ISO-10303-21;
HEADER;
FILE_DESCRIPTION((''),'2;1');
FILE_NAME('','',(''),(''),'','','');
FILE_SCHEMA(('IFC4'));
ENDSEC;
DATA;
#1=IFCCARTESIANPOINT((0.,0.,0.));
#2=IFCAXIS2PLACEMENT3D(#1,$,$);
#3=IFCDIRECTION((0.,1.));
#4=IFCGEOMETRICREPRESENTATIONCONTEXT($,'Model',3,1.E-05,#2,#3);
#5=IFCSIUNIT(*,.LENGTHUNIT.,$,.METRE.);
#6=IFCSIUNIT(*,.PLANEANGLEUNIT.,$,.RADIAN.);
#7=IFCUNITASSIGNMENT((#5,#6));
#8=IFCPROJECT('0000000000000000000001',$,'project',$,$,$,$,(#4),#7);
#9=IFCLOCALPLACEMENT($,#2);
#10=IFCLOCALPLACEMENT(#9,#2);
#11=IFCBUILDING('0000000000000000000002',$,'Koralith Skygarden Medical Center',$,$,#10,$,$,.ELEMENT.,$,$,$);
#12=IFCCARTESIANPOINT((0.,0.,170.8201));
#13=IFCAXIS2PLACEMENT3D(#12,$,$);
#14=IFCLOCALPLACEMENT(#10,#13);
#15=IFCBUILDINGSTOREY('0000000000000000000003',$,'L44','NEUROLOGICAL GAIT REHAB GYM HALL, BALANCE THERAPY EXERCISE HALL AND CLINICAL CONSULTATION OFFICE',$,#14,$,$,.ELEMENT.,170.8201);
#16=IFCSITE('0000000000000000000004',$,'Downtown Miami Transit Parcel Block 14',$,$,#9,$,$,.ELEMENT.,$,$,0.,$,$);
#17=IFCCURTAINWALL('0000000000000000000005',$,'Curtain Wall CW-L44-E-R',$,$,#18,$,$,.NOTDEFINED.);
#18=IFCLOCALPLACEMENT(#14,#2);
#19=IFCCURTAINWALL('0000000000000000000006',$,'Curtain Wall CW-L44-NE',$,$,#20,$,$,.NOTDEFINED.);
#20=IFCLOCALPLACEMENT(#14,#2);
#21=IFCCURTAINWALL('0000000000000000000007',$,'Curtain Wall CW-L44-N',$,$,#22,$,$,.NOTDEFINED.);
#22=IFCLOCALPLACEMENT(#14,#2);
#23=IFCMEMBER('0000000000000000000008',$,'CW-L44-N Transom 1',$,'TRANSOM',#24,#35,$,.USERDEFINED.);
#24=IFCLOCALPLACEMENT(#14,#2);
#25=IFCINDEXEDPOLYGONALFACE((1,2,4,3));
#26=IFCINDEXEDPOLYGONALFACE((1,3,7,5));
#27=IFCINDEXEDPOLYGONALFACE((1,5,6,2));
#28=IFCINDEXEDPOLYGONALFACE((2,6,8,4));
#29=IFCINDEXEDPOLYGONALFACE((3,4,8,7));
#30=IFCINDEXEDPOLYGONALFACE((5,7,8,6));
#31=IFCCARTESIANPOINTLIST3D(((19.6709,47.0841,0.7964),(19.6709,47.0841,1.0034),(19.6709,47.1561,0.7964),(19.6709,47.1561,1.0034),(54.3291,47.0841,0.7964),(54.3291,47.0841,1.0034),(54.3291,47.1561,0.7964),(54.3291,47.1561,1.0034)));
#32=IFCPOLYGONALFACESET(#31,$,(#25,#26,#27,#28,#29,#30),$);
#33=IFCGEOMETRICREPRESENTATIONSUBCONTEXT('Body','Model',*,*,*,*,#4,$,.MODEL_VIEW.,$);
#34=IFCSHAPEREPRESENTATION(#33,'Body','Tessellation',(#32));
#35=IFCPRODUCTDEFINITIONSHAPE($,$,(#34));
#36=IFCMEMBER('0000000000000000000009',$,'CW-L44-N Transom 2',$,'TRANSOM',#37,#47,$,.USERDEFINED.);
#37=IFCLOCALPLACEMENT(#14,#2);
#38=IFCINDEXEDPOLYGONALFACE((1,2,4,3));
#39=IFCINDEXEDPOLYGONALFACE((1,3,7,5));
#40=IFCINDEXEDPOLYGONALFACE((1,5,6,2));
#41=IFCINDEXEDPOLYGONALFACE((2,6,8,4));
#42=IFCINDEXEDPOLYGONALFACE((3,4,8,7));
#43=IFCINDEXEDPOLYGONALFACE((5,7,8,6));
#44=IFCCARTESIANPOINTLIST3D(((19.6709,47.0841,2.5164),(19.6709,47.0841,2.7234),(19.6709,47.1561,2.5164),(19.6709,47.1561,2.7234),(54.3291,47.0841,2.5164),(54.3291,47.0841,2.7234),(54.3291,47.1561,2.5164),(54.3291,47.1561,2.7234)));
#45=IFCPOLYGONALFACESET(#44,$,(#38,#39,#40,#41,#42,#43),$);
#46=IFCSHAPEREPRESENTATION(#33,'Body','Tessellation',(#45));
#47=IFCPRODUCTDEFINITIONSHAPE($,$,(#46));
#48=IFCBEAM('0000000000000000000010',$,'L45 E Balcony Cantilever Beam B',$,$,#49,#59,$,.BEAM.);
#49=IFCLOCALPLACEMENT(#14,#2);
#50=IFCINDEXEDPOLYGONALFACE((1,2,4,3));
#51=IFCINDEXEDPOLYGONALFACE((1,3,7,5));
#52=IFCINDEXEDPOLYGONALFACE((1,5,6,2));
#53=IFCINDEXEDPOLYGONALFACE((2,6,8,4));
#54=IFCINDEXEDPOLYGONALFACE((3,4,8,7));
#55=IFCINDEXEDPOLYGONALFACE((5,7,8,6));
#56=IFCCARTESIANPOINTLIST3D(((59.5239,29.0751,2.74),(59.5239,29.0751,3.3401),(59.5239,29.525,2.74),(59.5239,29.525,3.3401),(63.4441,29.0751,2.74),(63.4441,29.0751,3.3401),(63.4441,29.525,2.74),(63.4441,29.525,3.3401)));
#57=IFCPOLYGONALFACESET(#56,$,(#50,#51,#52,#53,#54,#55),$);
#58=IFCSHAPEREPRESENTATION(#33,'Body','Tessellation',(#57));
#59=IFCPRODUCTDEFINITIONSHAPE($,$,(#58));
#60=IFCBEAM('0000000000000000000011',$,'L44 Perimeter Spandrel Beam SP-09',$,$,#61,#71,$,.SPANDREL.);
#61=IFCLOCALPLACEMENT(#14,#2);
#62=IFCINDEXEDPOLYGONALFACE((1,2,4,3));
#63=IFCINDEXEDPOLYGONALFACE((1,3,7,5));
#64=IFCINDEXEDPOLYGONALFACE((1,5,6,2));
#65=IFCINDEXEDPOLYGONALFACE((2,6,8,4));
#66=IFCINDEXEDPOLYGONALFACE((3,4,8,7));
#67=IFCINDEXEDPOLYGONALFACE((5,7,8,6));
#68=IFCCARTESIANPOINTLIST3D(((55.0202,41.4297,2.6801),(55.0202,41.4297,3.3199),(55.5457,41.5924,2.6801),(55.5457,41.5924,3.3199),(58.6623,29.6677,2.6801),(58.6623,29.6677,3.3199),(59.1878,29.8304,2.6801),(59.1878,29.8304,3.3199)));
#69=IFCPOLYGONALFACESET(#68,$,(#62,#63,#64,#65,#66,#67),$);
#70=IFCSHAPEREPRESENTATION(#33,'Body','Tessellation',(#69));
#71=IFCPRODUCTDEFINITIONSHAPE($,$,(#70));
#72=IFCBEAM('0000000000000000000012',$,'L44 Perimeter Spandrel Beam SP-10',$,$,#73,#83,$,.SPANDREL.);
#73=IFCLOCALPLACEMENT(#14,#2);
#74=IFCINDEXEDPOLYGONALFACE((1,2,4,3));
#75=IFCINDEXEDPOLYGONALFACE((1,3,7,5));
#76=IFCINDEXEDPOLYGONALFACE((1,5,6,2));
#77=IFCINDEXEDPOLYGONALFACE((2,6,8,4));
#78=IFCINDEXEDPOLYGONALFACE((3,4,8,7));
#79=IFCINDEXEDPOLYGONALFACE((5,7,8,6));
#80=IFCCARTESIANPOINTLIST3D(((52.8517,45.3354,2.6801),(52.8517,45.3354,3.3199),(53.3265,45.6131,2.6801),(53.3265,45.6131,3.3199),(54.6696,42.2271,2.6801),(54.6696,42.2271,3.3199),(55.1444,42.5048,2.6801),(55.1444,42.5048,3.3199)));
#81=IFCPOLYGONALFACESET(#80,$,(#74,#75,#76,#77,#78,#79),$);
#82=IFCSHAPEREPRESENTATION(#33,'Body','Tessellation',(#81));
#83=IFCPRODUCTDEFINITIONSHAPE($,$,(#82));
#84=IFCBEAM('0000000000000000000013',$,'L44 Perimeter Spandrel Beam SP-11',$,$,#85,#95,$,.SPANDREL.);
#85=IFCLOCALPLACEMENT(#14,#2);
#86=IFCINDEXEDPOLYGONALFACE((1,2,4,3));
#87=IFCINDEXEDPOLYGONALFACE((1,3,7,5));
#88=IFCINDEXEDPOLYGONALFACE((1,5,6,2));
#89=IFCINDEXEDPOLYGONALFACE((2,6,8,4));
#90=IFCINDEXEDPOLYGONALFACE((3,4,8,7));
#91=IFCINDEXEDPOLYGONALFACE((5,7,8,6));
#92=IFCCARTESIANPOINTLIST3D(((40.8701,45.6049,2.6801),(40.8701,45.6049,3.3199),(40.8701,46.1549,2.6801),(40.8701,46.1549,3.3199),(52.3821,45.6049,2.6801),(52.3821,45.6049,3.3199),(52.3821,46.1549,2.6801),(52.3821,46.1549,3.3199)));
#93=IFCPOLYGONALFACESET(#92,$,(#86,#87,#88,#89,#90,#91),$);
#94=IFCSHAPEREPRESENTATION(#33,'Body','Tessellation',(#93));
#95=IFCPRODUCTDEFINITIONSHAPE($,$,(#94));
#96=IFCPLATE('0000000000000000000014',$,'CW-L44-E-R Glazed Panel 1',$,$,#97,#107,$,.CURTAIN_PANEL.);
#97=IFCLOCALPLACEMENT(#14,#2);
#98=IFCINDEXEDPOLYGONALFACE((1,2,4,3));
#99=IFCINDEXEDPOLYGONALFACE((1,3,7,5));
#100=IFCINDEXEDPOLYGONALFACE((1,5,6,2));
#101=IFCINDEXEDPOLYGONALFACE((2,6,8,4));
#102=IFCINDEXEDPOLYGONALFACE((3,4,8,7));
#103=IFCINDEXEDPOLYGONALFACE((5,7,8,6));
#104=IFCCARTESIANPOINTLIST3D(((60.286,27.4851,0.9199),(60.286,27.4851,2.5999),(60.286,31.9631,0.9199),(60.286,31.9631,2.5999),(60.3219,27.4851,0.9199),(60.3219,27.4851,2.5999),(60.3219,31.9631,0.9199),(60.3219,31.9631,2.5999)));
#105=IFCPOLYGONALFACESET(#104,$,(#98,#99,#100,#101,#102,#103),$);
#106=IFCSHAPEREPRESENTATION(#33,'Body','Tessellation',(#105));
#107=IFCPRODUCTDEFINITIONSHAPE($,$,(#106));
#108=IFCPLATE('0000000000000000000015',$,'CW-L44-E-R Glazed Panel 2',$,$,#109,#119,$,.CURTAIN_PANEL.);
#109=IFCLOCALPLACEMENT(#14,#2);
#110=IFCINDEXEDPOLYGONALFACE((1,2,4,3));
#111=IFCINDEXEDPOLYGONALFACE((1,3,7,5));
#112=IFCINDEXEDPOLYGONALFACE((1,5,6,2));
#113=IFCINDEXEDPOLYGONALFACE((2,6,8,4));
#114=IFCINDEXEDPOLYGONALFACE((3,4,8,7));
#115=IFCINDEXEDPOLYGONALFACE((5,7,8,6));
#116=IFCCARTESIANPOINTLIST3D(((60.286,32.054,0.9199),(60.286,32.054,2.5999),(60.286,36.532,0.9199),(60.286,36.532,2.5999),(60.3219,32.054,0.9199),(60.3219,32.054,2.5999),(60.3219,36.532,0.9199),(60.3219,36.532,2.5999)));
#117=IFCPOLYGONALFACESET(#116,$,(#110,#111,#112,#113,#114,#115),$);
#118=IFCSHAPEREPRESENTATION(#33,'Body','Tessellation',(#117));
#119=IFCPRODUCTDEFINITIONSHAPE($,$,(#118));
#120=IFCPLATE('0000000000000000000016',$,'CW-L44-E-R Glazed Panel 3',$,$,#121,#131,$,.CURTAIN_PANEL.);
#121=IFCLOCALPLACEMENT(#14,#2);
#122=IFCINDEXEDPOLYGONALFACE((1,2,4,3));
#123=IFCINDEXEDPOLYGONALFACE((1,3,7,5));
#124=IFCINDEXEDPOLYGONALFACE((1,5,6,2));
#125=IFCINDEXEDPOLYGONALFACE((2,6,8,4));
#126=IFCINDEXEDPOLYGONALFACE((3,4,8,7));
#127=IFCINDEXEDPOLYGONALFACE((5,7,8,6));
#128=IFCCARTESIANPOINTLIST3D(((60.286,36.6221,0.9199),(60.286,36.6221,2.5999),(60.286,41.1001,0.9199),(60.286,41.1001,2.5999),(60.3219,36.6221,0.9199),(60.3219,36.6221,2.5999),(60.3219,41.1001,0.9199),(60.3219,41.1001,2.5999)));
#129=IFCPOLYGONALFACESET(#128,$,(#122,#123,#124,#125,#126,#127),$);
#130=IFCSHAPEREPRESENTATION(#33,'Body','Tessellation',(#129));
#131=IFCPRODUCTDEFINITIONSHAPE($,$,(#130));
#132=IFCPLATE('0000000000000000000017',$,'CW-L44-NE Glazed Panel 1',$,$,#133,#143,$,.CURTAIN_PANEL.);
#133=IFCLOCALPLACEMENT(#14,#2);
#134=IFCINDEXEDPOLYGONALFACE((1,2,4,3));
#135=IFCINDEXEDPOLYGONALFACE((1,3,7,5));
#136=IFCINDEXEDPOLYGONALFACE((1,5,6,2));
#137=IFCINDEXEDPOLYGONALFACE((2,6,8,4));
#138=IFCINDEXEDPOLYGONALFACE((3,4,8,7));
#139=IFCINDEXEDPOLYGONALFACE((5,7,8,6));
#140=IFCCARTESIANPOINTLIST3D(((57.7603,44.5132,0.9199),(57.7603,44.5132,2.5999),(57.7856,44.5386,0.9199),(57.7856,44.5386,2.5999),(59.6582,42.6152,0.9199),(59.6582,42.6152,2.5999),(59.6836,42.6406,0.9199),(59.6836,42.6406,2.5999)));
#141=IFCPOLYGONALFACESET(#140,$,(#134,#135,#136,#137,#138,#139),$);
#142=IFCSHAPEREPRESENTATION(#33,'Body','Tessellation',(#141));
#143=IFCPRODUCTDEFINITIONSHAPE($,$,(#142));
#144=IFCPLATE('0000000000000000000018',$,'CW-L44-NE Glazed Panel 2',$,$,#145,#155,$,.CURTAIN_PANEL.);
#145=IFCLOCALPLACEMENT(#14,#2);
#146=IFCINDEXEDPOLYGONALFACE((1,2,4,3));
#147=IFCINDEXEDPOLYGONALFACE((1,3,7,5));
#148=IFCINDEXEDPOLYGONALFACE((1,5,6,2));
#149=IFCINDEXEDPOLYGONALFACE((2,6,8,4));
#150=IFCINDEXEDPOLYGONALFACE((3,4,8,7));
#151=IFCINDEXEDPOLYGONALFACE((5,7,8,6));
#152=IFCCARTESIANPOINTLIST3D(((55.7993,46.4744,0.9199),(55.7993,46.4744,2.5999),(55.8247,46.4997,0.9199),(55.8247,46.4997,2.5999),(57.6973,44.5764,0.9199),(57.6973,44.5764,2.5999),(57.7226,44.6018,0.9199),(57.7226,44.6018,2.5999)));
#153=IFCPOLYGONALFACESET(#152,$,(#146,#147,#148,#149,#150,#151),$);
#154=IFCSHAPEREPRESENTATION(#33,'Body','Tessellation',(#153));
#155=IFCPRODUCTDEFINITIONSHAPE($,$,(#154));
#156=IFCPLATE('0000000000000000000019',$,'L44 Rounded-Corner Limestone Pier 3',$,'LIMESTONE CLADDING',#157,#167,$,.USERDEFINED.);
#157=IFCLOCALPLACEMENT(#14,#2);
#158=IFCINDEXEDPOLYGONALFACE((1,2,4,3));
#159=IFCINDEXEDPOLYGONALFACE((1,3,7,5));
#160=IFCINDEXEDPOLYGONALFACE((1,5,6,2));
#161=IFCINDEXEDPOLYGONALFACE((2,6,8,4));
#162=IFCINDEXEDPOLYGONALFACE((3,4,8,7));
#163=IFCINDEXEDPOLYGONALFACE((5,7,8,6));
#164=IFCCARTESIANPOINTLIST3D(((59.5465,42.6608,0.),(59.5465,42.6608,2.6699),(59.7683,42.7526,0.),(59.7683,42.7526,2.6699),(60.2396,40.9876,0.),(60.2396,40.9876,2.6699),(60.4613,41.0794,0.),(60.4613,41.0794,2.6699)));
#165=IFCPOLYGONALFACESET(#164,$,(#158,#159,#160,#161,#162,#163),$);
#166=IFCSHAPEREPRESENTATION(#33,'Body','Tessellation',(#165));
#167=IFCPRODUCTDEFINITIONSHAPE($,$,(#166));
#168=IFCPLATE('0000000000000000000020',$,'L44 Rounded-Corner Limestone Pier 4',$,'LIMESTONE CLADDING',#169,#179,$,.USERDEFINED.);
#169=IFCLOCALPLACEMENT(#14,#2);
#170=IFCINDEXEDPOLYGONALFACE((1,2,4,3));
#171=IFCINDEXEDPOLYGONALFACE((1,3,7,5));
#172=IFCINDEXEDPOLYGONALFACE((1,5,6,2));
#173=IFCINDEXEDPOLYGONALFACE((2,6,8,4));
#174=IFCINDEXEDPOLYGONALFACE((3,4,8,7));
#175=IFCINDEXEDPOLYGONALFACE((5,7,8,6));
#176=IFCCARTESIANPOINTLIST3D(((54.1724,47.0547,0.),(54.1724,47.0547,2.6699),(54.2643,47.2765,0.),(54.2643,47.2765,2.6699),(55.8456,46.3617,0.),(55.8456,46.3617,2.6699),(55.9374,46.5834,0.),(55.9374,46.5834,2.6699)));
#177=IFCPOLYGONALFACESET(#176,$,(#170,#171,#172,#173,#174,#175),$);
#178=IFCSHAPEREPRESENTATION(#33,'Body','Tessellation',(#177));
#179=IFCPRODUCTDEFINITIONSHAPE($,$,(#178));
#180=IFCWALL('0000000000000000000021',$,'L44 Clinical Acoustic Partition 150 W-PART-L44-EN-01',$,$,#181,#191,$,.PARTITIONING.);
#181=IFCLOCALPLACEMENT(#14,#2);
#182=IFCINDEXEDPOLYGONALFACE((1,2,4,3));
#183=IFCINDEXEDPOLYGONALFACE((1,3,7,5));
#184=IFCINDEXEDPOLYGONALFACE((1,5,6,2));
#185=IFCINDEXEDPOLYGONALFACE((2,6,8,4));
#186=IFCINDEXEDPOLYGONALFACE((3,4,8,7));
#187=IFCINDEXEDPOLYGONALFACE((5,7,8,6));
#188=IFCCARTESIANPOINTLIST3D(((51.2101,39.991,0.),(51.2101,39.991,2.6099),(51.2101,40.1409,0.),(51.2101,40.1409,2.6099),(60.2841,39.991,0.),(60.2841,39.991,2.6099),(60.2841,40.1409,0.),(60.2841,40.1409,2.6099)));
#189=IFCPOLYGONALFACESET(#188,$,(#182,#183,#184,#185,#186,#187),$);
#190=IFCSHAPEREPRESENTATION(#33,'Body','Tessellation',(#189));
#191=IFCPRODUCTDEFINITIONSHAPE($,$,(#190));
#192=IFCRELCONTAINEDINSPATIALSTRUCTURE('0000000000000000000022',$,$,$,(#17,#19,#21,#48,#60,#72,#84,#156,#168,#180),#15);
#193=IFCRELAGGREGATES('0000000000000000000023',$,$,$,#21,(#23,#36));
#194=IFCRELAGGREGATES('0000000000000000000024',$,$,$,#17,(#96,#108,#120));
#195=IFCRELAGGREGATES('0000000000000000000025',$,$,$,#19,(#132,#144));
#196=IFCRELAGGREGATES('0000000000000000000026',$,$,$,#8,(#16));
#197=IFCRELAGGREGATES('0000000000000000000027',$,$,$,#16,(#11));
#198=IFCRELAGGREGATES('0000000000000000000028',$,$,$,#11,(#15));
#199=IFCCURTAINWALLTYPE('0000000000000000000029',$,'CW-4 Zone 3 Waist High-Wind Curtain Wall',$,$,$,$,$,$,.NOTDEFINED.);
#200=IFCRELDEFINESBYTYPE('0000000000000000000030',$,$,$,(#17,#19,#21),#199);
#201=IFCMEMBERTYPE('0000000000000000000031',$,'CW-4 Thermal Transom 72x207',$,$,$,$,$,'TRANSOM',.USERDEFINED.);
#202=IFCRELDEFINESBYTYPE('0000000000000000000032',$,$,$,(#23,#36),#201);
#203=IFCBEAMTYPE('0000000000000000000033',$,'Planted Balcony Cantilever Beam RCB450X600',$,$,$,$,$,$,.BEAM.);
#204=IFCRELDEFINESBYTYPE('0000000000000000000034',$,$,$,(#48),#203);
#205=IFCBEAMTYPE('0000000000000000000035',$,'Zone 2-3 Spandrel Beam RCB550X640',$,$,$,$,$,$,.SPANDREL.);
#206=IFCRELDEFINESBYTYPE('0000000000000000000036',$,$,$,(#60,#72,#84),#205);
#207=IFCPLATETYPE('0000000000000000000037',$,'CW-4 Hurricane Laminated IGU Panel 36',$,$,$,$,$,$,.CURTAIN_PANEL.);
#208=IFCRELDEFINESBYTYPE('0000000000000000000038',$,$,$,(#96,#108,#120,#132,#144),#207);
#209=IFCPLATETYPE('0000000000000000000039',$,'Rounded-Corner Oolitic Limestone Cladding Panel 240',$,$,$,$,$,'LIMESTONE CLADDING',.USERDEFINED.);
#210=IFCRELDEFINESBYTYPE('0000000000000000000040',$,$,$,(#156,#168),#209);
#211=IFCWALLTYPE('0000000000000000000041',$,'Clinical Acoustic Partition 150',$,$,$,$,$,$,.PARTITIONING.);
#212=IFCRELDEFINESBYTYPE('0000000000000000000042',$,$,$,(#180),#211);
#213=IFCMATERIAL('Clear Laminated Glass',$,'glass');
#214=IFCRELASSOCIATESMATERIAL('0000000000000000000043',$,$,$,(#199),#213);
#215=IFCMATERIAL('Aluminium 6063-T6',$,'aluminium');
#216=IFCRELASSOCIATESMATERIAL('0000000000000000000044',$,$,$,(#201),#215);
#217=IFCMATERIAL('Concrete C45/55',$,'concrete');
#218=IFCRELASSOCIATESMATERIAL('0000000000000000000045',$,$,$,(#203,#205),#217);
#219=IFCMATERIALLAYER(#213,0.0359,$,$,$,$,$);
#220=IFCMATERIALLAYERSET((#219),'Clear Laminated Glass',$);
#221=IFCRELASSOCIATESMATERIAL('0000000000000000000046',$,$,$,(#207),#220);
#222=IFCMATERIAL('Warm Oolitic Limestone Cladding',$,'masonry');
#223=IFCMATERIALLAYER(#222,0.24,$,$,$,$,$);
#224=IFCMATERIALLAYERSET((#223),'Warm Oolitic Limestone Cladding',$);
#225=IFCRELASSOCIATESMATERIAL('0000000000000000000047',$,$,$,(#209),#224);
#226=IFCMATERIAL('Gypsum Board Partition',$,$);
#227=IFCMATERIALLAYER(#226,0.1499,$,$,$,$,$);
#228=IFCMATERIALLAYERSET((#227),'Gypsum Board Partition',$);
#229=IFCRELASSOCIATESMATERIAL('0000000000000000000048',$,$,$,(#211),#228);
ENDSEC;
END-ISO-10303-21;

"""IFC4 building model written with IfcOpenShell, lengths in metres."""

from ifc_helpers import new_model, si_unit, direction, frame, frame_2d, origin, origin_2d, place, context, subcontext, project, spatial, rectangle, extrude, material, layer, layer_set, material_profile, profile_set, type_object, element, aggregate, save


model = new_model("IFC4")

# Units and contexts
model_context = context("Model", 3, precision=1e-05, world=origin(), true_north=direction((0.0, 1.0)))
body_context = subcontext(model_context, "Body", "Model", "MODEL_VIEW")
ifc_project = project(units=[si_unit("LENGTHUNIT", "METRE"), si_unit("PLANEANGLEUNIT", "RADIAN")], contexts=[model_context])

# Site, building, storey
site_placement = place(None, origin())
site = spatial("IfcSite", under=ifc_project, at=site_placement, Name="Downtown Miami Transit Parcel Block 14", CompositionType="ELEMENT", RefElevation=0.0)
building_placement = place(site_placement, origin())
building = spatial("IfcBuilding", under=site, at=building_placement, Name="Koralith Skygarden Medical Center", CompositionType="ELEMENT")
storey_placement = place(building_placement, frame((0.0, 0.0, 170.8201)))
storey = spatial("IfcBuildingStorey", under=building, at=storey_placement, Name="L44", Description="NEUROLOGICAL GAIT REHAB GYM HALL, BALANCE THERAPY EXERCISE HALL AND CLINICAL CONSULTATION OFFICE", CompositionType="ELEMENT", Elevation=170.8201)

# Curtain walls
ifc_material_1 = material(Name="Clear Laminated Glass", Category="glass")
curtain_wall_type = type_object("IfcCurtainWallType", Name="CW-4 Zone 3 Waist High-Wind Curtain Wall", PredefinedType="NOTDEFINED", material=ifc_material_1)
curtain_wall_1_placement = place(storey_placement, origin())
curtain_wall_1 = element("IfcCurtainWall", 1, at=curtain_wall_1_placement, inside=storey, type_object=curtain_wall_type, Name="Curtain Wall CW-L44-E-R", PredefinedType="NOTDEFINED")
ifc_material_2 = material(Name="Aluminium 6063-T6", Category="aluminium")
curtain_wall_2_placement = place(storey_placement, origin())
curtain_wall_2 = element("IfcCurtainWall", 2, at=curtain_wall_2_placement, inside=storey, type_object=curtain_wall_type, Name="Curtain Wall CW-L44-NE", PredefinedType="NOTDEFINED")

# Curtain wall
curtain_wall_3_placement = place(storey_placement, origin())
curtain_wall_3 = element("IfcCurtainWall", 3, at=curtain_wall_3_placement, inside=storey, type_object=curtain_wall_type, Name="Curtain Wall CW-L44-N", PredefinedType="NOTDEFINED")

# Members
ifc_material_profile_1 = material_profile(ifc_material_2, rectangle(XDim=0.072, YDim=0.207, at=origin_2d()), Name="TRN72X207")
ifc_profile_set_1 = profile_set([ifc_material_profile_1], Name="Aluminium 6063-T6")
member_type_1 = type_object("IfcMemberType", Name="CW-4 Thermal Transom 72x207", ElementType="TRANSOM", PredefinedType="USERDEFINED", material=ifc_profile_set_1)
member_1_placement = place(storey_placement, frame((54.3291, 47.1201, 0.8999), z_axis=(-1.0, 0.0, 0.0), x_axis=(0.0, -1.0, 0.0)))
member_1 = element("IfcMember", 4, at=member_1_placement, type_object=member_type_1, Name="CW-L44-N Transom 1", ObjectType="TRANSOM", PredefinedType="USERDEFINED", context=body_context, shape_type="SweptSolid", body=[
    extrude(rectangle(XDim=0.072, YDim=0.207, at=origin_2d()), origin(), (0.0, 0.0, 1.0), 34.6582),
])
member_2_placement = place(storey_placement, frame((54.3291, 47.1201, 2.6199), z_axis=(-1.0, 0.0, 0.0), x_axis=(0.0, -1.0, 0.0)))
member_2 = element("IfcMember", 5, at=member_2_placement, type_object=member_type_1, Name="CW-L44-N Transom 2", ObjectType="TRANSOM", PredefinedType="USERDEFINED", context=body_context, shape_type="SweptSolid", body=[
    extrude(rectangle(XDim=0.072, YDim=0.207, at=origin_2d()), origin(), (0.0, 0.0, 1.0), 34.6582),
])
aggregate(curtain_wall_3, [member_1, member_2])

# Beams
ifc_material_3 = material(Name="Concrete C45/55", Category="concrete")
ifc_material_profile_2 = material_profile(ifc_material_3, rectangle(XDim=0.45, YDim=0.6001, at=origin_2d()), Name="RCB450X600")
ifc_profile_set_2 = profile_set([ifc_material_profile_2], Name="Concrete C45/55")
beam_type_1 = type_object("IfcBeamType", Name="Planted Balcony Cantilever Beam RCB450X600", PredefinedType="BEAM", material=ifc_profile_set_2)
beam_1_placement = place(storey_placement, frame((59.5239, 29.3, 3.04), z_axis=(1.0, 0.0, 0.0), x_axis=(0.0, 1.0, 0.0)))
element("IfcBeam", 6, at=beam_1_placement, inside=storey, type_object=beam_type_1, Name="L45 E Balcony Cantilever Beam B", PredefinedType="BEAM", context=body_context, shape_type="SweptSolid", body=[
    extrude(rectangle(XDim=0.45, YDim=0.6001, at=origin_2d()), origin(), (0.0, 0.0, 1.0), 3.9202),
])
ifc_material_profile_3 = material_profile(ifc_material_3, rectangle(XDim=0.55, YDim=0.6399, at=origin_2d()), Name="RCB550X640")
ifc_profile_set_3 = profile_set([ifc_material_profile_3], Name="Concrete C45/55")
beam_type_2 = type_object("IfcBeamType", Name="Zone 2-3 Spandrel Beam RCB550X640", PredefinedType="SPANDREL", material=ifc_profile_set_3)
beam_2_placement = place(storey_placement, frame((58.925, 29.749, 3.0), z_axis=(-0.295794, 0.955252, 0.0), x_axis=(-0.955252, -0.295794, 0.0)))
element("IfcBeam", 7, at=beam_2_placement, inside=storey, type_object=beam_type_2, Name="L44 Perimeter Spandrel Beam SP-09", PredefinedType="SPANDREL", context=body_context, shape_type="SweptSolid", body=[
    extrude(rectangle(XDim=0.55, YDim=0.6399, at=origin_2d()), origin(), (0.0, 0.0, 1.0), 12.313),
])
beam_3_placement = place(storey_placement, frame((54.907, 42.366, 3.0), z_axis=(-0.504861, 0.8632, 0.0), x_axis=(-0.8632, -0.504861, 0.0)))
element("IfcBeam", 8, at=beam_3_placement, inside=storey, type_object=beam_type_2, Name="L44 Perimeter Spandrel Beam SP-10", PredefinedType="SPANDREL", context=body_context, shape_type="SweptSolid", body=[
    extrude(rectangle(XDim=0.55, YDim=0.6399, at=origin_2d()), origin(), (0.0, 0.0, 1.0), 3.6008),
])
beam_4_placement = place(storey_placement, frame((52.3821, 45.8799, 3.0), z_axis=(-1.0, 0.0, 0.0), x_axis=(0.0, -1.0, 0.0)))
element("IfcBeam", 9, at=beam_4_placement, inside=storey, type_object=beam_type_2, Name="L44 Perimeter Spandrel Beam SP-11", PredefinedType="SPANDREL", context=body_context, shape_type="SweptSolid", body=[
    extrude(rectangle(XDim=0.55, YDim=0.6399, at=origin_2d()), origin(), (0.0, 0.0, 1.0), 11.512),
])

# Plates
ifc_layer_1 = layer(ifc_material_1, 0.0359)
ifc_layer_set_1 = layer_set([ifc_layer_1], Name="Clear Laminated Glass")
plate_type_1 = type_object("IfcPlateType", Name="CW-4 Hurricane Laminated IGU Panel 36", PredefinedType="CURTAIN_PANEL", material=ifc_layer_set_1)
plate_1_placement = place(storey_placement, frame((60.304, 29.7241, 0.9199), z_axis=(0.0, 0.0, 1.0), x_axis=(0.0, 1.0, 0.0)))
plate_1 = element("IfcPlate", 10, at=plate_1_placement, type_object=plate_type_1, Name="CW-L44-E-R Glazed Panel 1", PredefinedType="CURTAIN_PANEL", context=body_context, shape_type="SweptSolid", body=[
    extrude(rectangle(XDim=4.478, YDim=0.0359, at=origin_2d()), origin(), (0.0, 0.0, 1.0), 1.6799),
])
plate_2_placement = place(storey_placement, frame((60.304, 34.293, 0.9199), z_axis=(0.0, 0.0, 1.0), x_axis=(0.0, 1.0, 0.0)))
plate_2 = element("IfcPlate", 11, at=plate_2_placement, type_object=plate_type_1, Name="CW-L44-E-R Glazed Panel 2", PredefinedType="CURTAIN_PANEL", context=body_context, shape_type="SweptSolid", body=[
    extrude(rectangle(XDim=4.478, YDim=0.0359, at=origin_2d()), origin(), (0.0, 0.0, 1.0), 1.6799),
])
plate_3_placement = place(storey_placement, frame((60.304, 38.8611, 0.9199), z_axis=(0.0, 0.0, 1.0), x_axis=(0.0, 1.0, 0.0)))
plate_3 = element("IfcPlate", 12, at=plate_3_placement, type_object=plate_type_1, Name="CW-L44-E-R Glazed Panel 3", PredefinedType="CURTAIN_PANEL", context=body_context, shape_type="SweptSolid", body=[
    extrude(rectangle(XDim=4.478, YDim=0.0359, at=origin_2d()), origin(), (0.0, 0.0, 1.0), 1.6799),
])
aggregate(curtain_wall_1, [plate_1, plate_2, plate_3])
plate_4_placement = place(storey_placement, frame((58.7219, 43.5769, 0.9199), z_axis=(0.0, 0.0, 1.0), x_axis=(-0.707107, 0.707107, 0.0)))
plate_4 = element("IfcPlate", 13, at=plate_4_placement, type_object=plate_type_1, Name="CW-L44-NE Glazed Panel 1", PredefinedType="CURTAIN_PANEL", context=body_context, shape_type="SweptSolid", body=[
    extrude(rectangle(XDim=2.6841, YDim=0.0359, at=origin_2d()), origin(), (0.0, 0.0, 1.0), 1.6799),
])
plate_5_placement = place(storey_placement, frame((56.761, 45.5381, 0.9199), z_axis=(0.0, 0.0, 1.0), x_axis=(-0.707107, 0.707107, 0.0)))
plate_5 = element("IfcPlate", 14, at=plate_5_placement, type_object=plate_type_1, Name="CW-L44-NE Glazed Panel 2", PredefinedType="CURTAIN_PANEL", context=body_context, shape_type="SweptSolid", body=[
    extrude(rectangle(XDim=2.6841, YDim=0.0359, at=origin_2d()), origin(), (0.0, 0.0, 1.0), 1.6799),
])
aggregate(curtain_wall_2, [plate_4, plate_5])

# Plates
ifc_material_4 = material(Name="Warm Oolitic Limestone Cladding", Category="masonry")
ifc_layer_2 = layer(ifc_material_4, 0.24)
ifc_layer_set_2 = layer_set([ifc_layer_2], Name="Warm Oolitic Limestone Cladding")
plate_type_2 = type_object("IfcPlateType", Name="Rounded-Corner Oolitic Limestone Cladding Panel 240", ElementType="LIMESTONE CLADDING", PredefinedType="USERDEFINED", material=ifc_layer_set_2)
for number, where, z_axis, x_axis, name in (
    (15, (60.0039, 41.8701, 0.0), (0.0, 0.0, 1.0), (-0.382671, 0.923885, 0.0), "L44 Rounded-Corner Limestone Pier 3"),
    (16, (55.0549, 46.8191, 0.0), (0.0, 0.0, 1.0), (-0.923885, 0.382671, 0.0), "L44 Rounded-Corner Limestone Pier 4"),
):
    element("IfcPlate", number, at=place(storey_placement, frame(where, z_axis=z_axis, x_axis=x_axis)), inside=storey, type_object=plate_type_2, Name=name, ObjectType="LIMESTONE CLADDING", PredefinedType="USERDEFINED", context=body_context, shape_type="SweptSolid", body=[
        extrude(rectangle(XDim=1.811, YDim=0.24, at=origin_2d()), origin(), (0.0, 0.0, 1.0), 2.6699),
    ])

# Wall
ifc_material_5 = material(Name="Gypsum Board Partition")
ifc_layer_3 = layer(ifc_material_5, 0.1499)
ifc_layer_set_3 = layer_set([ifc_layer_3], Name="Gypsum Board Partition")
wall_type_1 = type_object("IfcWallType", Name="Clinical Acoustic Partition 150", PredefinedType="PARTITIONING", material=ifc_layer_set_3)
wall_1_placement = place(storey_placement, frame((51.21, 40.0659, 0.0), z_axis=(0.0, 0.0, 1.0), x_axis=(1.0, 0.0, 0.0)))
element("IfcWall", 17, at=wall_1_placement, inside=storey, type_object=wall_type_1, Name="L44 Clinical Acoustic Partition 150 W-PART-L44-EN-01", PredefinedType="PARTITIONING", context=body_context, shape_type="SweptSolid", body=[
    extrude(rectangle(XDim=9.074, YDim=0.1499, at=frame_2d((4.5371, 0.0))), origin(), (0.0, 0.0, 1.0), 2.6099),
])

save(model, "model.ifc")
